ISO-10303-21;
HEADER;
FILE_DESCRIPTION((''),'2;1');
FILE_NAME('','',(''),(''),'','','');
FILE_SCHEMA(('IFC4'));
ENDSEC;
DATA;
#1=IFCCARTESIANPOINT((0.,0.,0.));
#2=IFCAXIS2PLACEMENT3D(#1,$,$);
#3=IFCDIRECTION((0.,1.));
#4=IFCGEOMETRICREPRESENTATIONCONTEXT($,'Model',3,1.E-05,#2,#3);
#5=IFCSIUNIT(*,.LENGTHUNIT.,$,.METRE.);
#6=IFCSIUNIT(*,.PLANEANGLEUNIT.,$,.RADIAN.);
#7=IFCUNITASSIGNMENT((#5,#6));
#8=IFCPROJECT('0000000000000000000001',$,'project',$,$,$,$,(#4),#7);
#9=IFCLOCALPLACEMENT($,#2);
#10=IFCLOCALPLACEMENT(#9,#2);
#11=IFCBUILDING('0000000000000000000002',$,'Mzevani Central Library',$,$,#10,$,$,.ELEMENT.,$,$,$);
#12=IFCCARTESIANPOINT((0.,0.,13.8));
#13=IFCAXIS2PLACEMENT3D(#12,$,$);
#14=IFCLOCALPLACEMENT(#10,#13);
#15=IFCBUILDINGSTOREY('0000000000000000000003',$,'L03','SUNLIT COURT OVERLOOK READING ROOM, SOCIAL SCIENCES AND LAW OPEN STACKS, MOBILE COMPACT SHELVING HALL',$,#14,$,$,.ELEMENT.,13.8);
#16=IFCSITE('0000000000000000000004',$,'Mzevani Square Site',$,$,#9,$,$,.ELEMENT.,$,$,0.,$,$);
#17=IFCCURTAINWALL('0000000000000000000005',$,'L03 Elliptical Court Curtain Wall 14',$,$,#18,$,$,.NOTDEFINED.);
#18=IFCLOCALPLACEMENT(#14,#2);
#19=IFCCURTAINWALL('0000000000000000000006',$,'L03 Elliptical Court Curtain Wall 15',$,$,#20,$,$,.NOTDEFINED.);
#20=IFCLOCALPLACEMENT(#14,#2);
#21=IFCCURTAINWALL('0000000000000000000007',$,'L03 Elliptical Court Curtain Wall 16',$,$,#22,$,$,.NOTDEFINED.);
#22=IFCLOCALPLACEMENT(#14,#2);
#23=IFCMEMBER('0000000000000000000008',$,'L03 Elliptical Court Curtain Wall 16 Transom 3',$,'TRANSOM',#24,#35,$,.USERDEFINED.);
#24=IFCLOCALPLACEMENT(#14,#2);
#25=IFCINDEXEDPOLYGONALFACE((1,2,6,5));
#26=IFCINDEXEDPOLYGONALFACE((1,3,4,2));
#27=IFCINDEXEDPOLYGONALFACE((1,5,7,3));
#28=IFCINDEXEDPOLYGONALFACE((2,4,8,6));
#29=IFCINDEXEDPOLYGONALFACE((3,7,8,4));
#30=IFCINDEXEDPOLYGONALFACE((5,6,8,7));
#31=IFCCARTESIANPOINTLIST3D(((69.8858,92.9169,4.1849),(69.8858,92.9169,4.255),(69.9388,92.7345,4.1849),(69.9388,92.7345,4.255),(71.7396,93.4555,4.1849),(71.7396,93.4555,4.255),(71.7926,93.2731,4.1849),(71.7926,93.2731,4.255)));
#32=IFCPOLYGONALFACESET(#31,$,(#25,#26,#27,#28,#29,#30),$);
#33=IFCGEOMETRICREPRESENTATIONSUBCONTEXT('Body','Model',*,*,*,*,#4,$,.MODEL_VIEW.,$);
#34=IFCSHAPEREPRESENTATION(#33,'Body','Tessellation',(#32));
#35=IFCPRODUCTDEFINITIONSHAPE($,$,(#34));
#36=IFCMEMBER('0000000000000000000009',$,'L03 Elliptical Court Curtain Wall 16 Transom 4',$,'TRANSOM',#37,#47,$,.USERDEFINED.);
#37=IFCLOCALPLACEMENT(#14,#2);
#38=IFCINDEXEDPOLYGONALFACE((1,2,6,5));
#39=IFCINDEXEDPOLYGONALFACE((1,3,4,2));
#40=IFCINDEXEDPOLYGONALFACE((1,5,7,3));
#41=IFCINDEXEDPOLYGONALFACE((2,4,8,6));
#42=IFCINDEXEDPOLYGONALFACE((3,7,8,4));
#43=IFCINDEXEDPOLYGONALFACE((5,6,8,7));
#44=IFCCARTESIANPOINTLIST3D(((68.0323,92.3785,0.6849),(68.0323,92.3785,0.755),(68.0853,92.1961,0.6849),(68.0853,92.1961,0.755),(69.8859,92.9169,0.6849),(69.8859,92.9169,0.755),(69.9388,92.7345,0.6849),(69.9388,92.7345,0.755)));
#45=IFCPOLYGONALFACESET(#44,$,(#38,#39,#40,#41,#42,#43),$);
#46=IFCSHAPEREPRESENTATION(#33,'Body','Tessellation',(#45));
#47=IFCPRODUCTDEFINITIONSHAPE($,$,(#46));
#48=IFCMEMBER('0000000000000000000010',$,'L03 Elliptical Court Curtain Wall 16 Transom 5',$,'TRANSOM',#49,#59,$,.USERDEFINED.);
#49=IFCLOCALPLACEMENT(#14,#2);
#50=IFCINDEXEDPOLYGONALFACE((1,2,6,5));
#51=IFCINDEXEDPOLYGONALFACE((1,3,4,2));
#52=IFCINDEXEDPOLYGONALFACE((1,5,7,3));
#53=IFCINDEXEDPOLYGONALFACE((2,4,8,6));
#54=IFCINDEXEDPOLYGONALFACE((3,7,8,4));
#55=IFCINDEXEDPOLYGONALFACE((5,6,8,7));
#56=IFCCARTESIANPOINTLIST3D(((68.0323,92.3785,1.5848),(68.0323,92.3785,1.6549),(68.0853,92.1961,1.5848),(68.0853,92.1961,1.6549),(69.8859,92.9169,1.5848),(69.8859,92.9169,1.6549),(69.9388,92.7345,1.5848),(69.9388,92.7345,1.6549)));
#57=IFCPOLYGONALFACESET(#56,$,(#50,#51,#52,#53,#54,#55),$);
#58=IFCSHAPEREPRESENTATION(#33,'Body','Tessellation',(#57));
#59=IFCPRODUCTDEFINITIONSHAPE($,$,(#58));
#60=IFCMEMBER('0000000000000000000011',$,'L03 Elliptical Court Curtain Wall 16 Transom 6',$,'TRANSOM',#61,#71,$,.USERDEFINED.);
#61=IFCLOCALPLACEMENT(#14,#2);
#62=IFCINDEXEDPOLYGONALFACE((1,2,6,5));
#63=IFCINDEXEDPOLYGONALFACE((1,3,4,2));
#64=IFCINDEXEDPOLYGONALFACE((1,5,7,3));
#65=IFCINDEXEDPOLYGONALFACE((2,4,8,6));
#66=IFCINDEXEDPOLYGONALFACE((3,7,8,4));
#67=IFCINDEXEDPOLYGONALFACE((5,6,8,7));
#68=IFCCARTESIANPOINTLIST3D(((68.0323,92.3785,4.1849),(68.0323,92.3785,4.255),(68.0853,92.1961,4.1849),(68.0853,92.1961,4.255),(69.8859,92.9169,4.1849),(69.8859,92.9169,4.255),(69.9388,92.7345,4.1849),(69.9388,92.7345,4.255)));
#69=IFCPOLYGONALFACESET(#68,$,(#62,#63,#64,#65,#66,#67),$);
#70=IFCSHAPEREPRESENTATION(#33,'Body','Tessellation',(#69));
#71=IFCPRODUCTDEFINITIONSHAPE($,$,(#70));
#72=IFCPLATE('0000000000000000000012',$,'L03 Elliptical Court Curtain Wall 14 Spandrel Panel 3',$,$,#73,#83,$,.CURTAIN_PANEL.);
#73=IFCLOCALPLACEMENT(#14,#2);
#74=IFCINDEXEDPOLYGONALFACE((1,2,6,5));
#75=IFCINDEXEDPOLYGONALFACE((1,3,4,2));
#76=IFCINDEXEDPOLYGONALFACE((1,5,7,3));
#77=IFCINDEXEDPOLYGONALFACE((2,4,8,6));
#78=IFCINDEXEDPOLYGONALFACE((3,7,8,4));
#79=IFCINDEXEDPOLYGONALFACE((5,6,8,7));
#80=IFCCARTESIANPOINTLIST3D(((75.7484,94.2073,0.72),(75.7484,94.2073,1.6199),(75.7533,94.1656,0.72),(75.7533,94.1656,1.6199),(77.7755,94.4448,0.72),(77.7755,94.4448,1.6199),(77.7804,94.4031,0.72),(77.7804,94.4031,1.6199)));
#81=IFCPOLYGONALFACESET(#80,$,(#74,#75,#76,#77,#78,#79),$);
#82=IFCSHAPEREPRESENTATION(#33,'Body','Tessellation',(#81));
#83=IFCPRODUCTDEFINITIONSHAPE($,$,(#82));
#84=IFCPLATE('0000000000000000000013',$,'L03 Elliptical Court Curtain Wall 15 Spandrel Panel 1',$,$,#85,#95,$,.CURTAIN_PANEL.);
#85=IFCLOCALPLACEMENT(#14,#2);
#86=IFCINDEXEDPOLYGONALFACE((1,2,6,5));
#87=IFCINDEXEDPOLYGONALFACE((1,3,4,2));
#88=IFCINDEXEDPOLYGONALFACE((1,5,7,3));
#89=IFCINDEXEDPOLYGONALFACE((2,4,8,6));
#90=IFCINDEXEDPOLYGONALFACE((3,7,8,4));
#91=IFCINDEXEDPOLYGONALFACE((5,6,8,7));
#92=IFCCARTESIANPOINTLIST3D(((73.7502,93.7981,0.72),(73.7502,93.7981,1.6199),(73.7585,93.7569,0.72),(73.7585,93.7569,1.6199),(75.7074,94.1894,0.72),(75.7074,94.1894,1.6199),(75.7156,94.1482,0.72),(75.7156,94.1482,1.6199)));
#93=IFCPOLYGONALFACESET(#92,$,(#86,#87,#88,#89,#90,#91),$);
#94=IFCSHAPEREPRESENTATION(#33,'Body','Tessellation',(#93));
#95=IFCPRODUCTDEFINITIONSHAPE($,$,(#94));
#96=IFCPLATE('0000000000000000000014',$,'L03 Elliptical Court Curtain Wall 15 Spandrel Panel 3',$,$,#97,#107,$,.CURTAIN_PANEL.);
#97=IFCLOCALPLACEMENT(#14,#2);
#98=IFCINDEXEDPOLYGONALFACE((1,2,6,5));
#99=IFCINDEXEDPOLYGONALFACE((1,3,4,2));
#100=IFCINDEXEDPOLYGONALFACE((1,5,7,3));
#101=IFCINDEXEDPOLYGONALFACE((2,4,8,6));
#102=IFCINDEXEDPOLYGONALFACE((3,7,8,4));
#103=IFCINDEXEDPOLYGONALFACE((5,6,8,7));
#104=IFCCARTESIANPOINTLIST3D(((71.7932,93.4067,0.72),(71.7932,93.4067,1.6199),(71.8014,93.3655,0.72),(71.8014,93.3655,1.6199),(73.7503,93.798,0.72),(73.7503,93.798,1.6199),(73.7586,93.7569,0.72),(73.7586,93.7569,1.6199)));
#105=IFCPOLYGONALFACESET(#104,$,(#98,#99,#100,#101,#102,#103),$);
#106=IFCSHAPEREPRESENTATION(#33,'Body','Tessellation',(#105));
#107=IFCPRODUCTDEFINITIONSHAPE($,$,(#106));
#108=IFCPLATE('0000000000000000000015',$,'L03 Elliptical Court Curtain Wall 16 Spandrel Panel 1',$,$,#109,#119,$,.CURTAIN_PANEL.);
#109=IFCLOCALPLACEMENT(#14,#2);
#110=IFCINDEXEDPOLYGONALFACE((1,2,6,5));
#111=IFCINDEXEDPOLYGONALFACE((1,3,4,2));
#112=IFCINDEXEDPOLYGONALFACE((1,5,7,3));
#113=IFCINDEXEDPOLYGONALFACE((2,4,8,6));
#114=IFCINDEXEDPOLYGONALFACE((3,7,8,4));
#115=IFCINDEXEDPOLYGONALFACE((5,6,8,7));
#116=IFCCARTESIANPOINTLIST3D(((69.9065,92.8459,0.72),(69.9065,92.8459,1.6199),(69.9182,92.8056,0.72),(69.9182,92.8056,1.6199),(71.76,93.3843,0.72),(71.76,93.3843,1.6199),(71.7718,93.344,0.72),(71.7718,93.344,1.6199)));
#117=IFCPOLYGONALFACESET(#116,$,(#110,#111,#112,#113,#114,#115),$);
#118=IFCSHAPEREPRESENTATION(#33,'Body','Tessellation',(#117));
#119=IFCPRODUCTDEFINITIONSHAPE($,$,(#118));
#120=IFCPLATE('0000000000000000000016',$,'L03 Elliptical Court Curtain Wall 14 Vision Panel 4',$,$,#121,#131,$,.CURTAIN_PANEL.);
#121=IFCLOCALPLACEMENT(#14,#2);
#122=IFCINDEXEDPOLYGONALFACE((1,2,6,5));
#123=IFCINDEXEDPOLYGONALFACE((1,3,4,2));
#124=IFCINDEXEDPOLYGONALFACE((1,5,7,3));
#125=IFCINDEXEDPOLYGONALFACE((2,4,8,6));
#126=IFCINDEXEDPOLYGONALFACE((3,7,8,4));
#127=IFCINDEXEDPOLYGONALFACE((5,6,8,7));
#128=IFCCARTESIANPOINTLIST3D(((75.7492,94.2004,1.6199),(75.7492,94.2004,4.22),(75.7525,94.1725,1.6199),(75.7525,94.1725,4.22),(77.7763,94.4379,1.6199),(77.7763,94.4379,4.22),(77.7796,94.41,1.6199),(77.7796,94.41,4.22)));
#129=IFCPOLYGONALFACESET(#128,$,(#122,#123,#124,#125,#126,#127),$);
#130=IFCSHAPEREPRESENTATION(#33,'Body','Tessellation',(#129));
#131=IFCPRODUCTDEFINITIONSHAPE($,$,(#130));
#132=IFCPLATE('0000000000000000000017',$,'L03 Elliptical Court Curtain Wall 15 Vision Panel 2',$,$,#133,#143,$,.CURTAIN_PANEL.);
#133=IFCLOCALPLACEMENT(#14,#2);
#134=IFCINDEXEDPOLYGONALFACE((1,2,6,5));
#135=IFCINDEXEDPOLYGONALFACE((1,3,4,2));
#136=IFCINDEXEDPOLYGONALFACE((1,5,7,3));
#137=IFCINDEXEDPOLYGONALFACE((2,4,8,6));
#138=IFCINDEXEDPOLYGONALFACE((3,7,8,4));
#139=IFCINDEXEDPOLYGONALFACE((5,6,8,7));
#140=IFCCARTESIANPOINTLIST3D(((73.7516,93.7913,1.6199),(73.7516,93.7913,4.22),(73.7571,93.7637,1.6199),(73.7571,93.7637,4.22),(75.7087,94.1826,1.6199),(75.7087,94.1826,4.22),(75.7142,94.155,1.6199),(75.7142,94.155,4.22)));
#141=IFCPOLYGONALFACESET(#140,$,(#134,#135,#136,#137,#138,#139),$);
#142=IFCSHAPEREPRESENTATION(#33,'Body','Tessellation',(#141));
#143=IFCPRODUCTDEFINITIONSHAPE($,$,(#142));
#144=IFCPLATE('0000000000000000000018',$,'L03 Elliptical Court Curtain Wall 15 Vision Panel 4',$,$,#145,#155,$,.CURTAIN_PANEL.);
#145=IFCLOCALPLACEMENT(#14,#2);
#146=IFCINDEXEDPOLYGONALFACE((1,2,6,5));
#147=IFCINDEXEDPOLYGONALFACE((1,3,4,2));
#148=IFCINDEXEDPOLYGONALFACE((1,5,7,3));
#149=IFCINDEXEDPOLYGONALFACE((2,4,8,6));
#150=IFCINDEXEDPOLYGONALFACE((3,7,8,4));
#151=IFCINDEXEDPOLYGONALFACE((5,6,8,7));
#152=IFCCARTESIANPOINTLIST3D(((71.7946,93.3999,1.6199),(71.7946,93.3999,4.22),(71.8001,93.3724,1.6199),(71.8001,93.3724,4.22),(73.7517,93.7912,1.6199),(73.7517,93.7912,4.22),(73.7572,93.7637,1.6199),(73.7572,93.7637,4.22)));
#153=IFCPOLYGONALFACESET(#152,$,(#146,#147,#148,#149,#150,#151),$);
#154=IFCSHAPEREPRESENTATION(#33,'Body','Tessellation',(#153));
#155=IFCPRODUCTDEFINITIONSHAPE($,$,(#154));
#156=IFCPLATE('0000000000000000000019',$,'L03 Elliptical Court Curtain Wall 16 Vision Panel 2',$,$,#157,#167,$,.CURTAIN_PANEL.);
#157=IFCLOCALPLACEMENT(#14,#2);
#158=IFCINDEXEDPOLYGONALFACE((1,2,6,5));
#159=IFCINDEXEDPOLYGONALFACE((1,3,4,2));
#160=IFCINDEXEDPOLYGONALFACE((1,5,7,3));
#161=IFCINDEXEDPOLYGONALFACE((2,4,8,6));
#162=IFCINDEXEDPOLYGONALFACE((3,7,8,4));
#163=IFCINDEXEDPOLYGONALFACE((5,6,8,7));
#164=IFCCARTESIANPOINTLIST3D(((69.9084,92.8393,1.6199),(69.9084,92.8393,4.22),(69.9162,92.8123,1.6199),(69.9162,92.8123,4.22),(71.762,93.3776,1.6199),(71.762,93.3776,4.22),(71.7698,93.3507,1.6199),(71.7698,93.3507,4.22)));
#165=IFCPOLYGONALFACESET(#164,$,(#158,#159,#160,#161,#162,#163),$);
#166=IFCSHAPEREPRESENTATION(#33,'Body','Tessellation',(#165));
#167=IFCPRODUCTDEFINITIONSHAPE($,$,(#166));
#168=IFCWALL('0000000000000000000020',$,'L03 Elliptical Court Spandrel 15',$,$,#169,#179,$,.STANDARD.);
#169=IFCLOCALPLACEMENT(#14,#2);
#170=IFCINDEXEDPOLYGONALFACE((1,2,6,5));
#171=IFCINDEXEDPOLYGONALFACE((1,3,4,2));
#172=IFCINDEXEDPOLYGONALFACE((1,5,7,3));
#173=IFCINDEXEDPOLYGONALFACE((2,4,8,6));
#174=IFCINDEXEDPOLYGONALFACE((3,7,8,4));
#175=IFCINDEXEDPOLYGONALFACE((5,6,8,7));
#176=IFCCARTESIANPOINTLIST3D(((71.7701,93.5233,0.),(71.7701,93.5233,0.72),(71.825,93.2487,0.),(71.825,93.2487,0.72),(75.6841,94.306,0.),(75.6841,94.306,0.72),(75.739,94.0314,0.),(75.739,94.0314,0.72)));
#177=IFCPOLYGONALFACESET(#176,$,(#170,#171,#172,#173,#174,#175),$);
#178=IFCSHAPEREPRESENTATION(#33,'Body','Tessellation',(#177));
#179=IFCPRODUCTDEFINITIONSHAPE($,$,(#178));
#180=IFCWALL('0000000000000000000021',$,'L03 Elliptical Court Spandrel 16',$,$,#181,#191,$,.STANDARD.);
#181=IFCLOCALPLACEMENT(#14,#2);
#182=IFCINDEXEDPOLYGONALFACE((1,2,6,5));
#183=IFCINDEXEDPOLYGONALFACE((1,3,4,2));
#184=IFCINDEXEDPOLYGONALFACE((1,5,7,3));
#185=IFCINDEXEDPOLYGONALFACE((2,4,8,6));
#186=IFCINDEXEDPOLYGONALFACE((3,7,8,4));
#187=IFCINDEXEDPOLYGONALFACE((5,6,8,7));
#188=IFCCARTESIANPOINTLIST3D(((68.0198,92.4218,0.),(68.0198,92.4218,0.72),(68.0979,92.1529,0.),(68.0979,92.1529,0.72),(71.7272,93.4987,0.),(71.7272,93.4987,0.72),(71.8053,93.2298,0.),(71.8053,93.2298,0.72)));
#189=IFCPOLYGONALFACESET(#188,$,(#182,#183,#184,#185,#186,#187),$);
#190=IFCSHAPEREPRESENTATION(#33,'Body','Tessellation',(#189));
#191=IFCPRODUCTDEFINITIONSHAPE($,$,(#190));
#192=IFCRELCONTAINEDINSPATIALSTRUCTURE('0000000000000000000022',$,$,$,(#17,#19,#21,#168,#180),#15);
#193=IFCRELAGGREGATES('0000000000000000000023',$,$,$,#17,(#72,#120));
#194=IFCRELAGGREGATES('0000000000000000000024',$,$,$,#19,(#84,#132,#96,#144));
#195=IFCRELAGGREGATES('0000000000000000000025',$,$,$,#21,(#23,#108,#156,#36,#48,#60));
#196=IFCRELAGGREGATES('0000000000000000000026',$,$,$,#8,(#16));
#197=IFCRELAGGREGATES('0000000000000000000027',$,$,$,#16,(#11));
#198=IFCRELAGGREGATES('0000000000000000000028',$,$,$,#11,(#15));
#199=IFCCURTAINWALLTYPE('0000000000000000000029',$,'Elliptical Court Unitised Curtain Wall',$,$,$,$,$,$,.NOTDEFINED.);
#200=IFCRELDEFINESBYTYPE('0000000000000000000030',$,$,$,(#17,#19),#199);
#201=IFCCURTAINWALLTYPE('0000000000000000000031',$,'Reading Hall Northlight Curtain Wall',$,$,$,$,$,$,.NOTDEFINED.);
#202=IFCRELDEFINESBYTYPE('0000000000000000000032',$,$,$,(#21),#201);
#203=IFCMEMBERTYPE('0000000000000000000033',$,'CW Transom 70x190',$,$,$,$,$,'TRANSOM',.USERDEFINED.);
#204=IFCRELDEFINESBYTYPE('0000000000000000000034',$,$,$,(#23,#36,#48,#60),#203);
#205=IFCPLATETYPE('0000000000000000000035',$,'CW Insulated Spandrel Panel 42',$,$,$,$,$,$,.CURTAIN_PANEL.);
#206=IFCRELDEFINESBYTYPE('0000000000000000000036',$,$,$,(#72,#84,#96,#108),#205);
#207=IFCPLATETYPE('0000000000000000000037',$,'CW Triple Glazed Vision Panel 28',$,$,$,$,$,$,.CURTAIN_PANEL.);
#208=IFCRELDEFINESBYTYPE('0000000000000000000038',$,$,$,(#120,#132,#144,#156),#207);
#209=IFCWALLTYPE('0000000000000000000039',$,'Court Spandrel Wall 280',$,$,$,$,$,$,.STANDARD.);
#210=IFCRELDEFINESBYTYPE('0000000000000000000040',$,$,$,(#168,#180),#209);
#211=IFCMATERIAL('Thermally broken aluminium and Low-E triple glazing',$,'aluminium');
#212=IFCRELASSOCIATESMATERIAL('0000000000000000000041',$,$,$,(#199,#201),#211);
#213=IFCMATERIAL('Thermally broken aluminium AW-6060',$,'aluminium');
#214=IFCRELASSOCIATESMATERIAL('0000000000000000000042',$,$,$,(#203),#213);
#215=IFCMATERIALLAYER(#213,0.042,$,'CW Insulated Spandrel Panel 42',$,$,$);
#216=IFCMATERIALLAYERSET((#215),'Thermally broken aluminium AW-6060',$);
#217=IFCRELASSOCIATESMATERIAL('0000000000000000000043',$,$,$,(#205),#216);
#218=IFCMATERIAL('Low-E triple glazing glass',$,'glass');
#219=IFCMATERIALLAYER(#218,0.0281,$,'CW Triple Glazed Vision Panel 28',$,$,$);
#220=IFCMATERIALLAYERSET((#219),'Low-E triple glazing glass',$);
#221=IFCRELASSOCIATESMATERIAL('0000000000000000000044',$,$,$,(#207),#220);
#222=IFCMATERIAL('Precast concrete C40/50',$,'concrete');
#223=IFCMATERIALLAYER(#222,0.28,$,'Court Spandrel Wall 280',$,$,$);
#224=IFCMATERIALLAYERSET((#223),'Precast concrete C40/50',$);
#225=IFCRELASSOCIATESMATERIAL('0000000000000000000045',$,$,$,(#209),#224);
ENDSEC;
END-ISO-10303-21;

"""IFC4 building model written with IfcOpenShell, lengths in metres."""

from ifc_helpers import new_model, si_unit, direction, frame, frame_2d, origin, origin_2d, place, context, subcontext, project, spatial, rectangle, extrude, material, layer, layer_set, material_profile, profile_set, type_object, element, aggregate, save


model = new_model("IFC4")

# Units and contexts
model_context = context("Model", 3, precision=1e-05, world=origin(), true_north=direction((0.0, 1.0)))
body_context = subcontext(model_context, "Body", "Model", "MODEL_VIEW")
ifc_project = project(units=[si_unit("LENGTHUNIT", "METRE"), si_unit("PLANEANGLEUNIT", "RADIAN")], contexts=[model_context])

# Site, building, storey
site_placement = place(None, origin())
site = spatial("IfcSite", under=ifc_project, at=site_placement, Name="Mzevani Square Site", CompositionType="ELEMENT", RefElevation=0.0)
building_placement = place(site_placement, origin())
building = spatial("IfcBuilding", under=site, at=building_placement, Name="Mzevani Central Library", CompositionType="ELEMENT")
storey_placement = place(building_placement, frame((0.0, 0.0, 13.8)))
storey = spatial("IfcBuildingStorey", under=building, at=storey_placement, Name="L03", Description="SUNLIT COURT OVERLOOK READING ROOM, SOCIAL SCIENCES AND LAW OPEN STACKS, MOBILE COMPACT SHELVING HALL", CompositionType="ELEMENT", Elevation=13.8)

# Curtain wall
ifc_material_1 = material(Name="Thermally broken aluminium and Low-E triple glazing", Category="aluminium")
curtain_wall_type_1 = type_object("IfcCurtainWallType", Name="Elliptical Court Unitised Curtain Wall", PredefinedType="NOTDEFINED", material=ifc_material_1)
curtain_wall_1_placement = place(storey_placement, origin())
curtain_wall_1 = element("IfcCurtainWall", 1, at=curtain_wall_1_placement, inside=storey, type_object=curtain_wall_type_1, Name="L03 Elliptical Court Curtain Wall 14", PredefinedType="NOTDEFINED")
ifc_material_2 = material(Name="Thermally broken aluminium AW-6060", Category="aluminium")

# Curtain walls
curtain_wall_2_placement = place(storey_placement, origin())
curtain_wall_2 = element("IfcCurtainWall", 2, at=curtain_wall_2_placement, inside=storey, type_object=curtain_wall_type_1, Name="L03 Elliptical Court Curtain Wall 15", PredefinedType="NOTDEFINED")
curtain_wall_type_2 = type_object("IfcCurtainWallType", Name="Reading Hall Northlight Curtain Wall", PredefinedType="NOTDEFINED", material=ifc_material_1)
curtain_wall_3_placement = place(storey_placement, origin())
curtain_wall_3 = element("IfcCurtainWall", 3, at=curtain_wall_3_placement, inside=storey, type_object=curtain_wall_type_2, Name="L03 Elliptical Court Curtain Wall 16", PredefinedType="NOTDEFINED")

# Members
ifc_material_profile_1 = material_profile(ifc_material_2, rectangle(XDim=0.1899, YDim=0.0701, at=origin_2d()), Name="ALU T70x190")
ifc_profile_set_1 = profile_set([ifc_material_profile_1], Name="Thermally broken aluminium AW-6060")
member_type_1 = type_object("IfcMemberType", Name="CW Transom 70x190", ElementType="TRANSOM", PredefinedType="USERDEFINED", material=ifc_profile_set_1)
member_1_placement = place(storey_placement, frame((71.7661, 93.3643, 4.22), z_axis=(-0.960293, -0.278995, 0.0), x_axis=(0.278995, -0.960293, 0.0)))
member_1 = element("IfcMember", 4, at=member_1_placement, type_object=member_type_1, Name="L03 Elliptical Court Curtain Wall 16 Transom 3", ObjectType="TRANSOM", PredefinedType="USERDEFINED", context=body_context, shape_type="SweptSolid", body=[
    extrude(rectangle(XDim=0.1899, YDim=0.0701, at=origin_2d()), origin(), (0.0, 0.0, 1.0), 1.9304),
])
member_2_placement = place(storey_placement, frame((69.9124, 92.8257, 0.72), z_axis=(-0.960317, -0.278912, 0.0), x_axis=(0.278912, -0.960317, 0.0)))
member_2 = element("IfcMember", 5, at=member_2_placement, type_object=member_type_1, Name="L03 Elliptical Court Curtain Wall 16 Transom 4", ObjectType="TRANSOM", PredefinedType="USERDEFINED", context=body_context, shape_type="SweptSolid", body=[
    extrude(rectangle(XDim=0.1899, YDim=0.0701, at=origin_2d()), origin(), (0.0, 0.0, 1.0), 1.9302),
])
member_3_placement = place(storey_placement, frame((69.9124, 92.8257, 1.6199), z_axis=(-0.960317, -0.278912, 0.0), x_axis=(0.278912, -0.960317, 0.0)))
member_3 = element("IfcMember", 6, at=member_3_placement, type_object=member_type_1, Name="L03 Elliptical Court Curtain Wall 16 Transom 5", ObjectType="TRANSOM", PredefinedType="USERDEFINED", context=body_context, shape_type="SweptSolid", body=[
    extrude(rectangle(XDim=0.1899, YDim=0.0701, at=origin_2d()), origin(), (0.0, 0.0, 1.0), 1.9302),
])
member_4_placement = place(storey_placement, frame((69.9124, 92.8257, 4.22), z_axis=(-0.960317, -0.278912, 0.0), x_axis=(0.278912, -0.960317, 0.0)))
member_4 = element("IfcMember", 7, at=member_4_placement, type_object=member_type_1, Name="L03 Elliptical Court Curtain Wall 16 Transom 6", ObjectType="TRANSOM", PredefinedType="USERDEFINED", context=body_context, shape_type="SweptSolid", body=[
    extrude(rectangle(XDim=0.1899, YDim=0.0701, at=origin_2d()), origin(), (0.0, 0.0, 1.0), 1.9302),
])

# Plates
ifc_layer_1 = layer(ifc_material_2, 0.042, Name="CW Insulated Spandrel Panel 42")
ifc_layer_set_1 = layer_set([ifc_layer_1], Name="Thermally broken aluminium AW-6060")
plate_type_1 = type_object("IfcPlateType", Name="CW Insulated Spandrel Panel 42", PredefinedType="CURTAIN_PANEL", material=ifc_layer_set_1)
plate_1_placement = place(storey_placement, frame((76.7644, 94.3052, 0.72), z_axis=(0.0, 0.0, 1.0), x_axis=(-0.993206, -0.116369, 0.0)))
plate_1 = element("IfcPlate", 8, at=plate_1_placement, type_object=plate_type_1, Name="L03 Elliptical Court Curtain Wall 14 Spandrel Panel 3", PredefinedType="CURTAIN_PANEL", context=body_context, shape_type="SweptSolid", body=[
    extrude(rectangle(XDim=2.041, YDim=0.042, at=origin_2d()), origin(), (0.0, 0.0, 1.0), 0.8999),
])
plate_2_placement = place(storey_placement, frame((74.7329, 93.9731, 0.72), z_axis=(0.0, 0.0, 1.0), x_axis=(-0.980591, -0.196063, 0.0)))
plate_2 = element("IfcPlate", 9, at=plate_2_placement, type_object=plate_type_1, Name="L03 Elliptical Court Curtain Wall 15 Spandrel Panel 1", PredefinedType="CURTAIN_PANEL", context=body_context, shape_type="SweptSolid", body=[
    extrude(rectangle(XDim=1.9958, YDim=0.042, at=origin_2d()), origin(), (0.0, 0.0, 1.0), 0.8999),
])
plate_3_placement = place(storey_placement, frame((72.7759, 93.5818, 0.72), z_axis=(0.0, 0.0, 1.0), x_axis=(-0.980591, -0.196063, 0.0)))
plate_3 = element("IfcPlate", 10, at=plate_3_placement, type_object=plate_type_1, Name="L03 Elliptical Court Curtain Wall 15 Spandrel Panel 3", PredefinedType="CURTAIN_PANEL", context=body_context, shape_type="SweptSolid", body=[
    extrude(rectangle(XDim=1.9958, YDim=0.042, at=origin_2d()), origin(), (0.0, 0.0, 1.0), 0.8999),
])
plate_4_placement = place(storey_placement, frame((70.8391, 93.095, 0.72), z_axis=(0.0, 0.0, 1.0), x_axis=(-0.96031, -0.278934, 0.0)))
plate_4 = element("IfcPlate", 11, at=plate_4_placement, type_object=plate_type_1, Name="L03 Elliptical Court Curtain Wall 16 Spandrel Panel 1", PredefinedType="CURTAIN_PANEL", context=body_context, shape_type="SweptSolid", body=[
    extrude(rectangle(XDim=1.9302, YDim=0.042, at=origin_2d()), origin(), (0.0, 0.0, 1.0), 0.8999),
])
ifc_material_3 = material(Name="Low-E triple glazing glass", Category="glass")
ifc_layer_2 = layer(ifc_material_3, 0.0281, Name="CW Triple Glazed Vision Panel 28")
ifc_layer_set_2 = layer_set([ifc_layer_2], Name="Low-E triple glazing glass")
plate_type_2 = type_object("IfcPlateType", Name="CW Triple Glazed Vision Panel 28", PredefinedType="CURTAIN_PANEL", material=ifc_layer_set_2)
plate_5_placement = place(storey_placement, frame((76.7644, 94.3052, 1.6199), z_axis=(0.0, 0.0, 1.0), x_axis=(-0.993206, -0.116369, 0.0)))
plate_5 = element("IfcPlate", 12, at=plate_5_placement, type_object=plate_type_2, Name="L03 Elliptical Court Curtain Wall 14 Vision Panel 4", PredefinedType="CURTAIN_PANEL", context=body_context, shape_type="SweptSolid", body=[
    extrude(rectangle(XDim=2.041, YDim=0.0281, at=origin_2d()), origin(), (0.0, 0.0, 1.0), 2.6001),
])
aggregate(curtain_wall_1, [plate_1, plate_5])
plate_6_placement = place(storey_placement, frame((74.7329, 93.9731, 1.6199), z_axis=(0.0, 0.0, 1.0), x_axis=(-0.980591, -0.196063, 0.0)))
plate_6 = element("IfcPlate", 13, at=plate_6_placement, type_object=plate_type_2, Name="L03 Elliptical Court Curtain Wall 15 Vision Panel 2", PredefinedType="CURTAIN_PANEL", context=body_context, shape_type="SweptSolid", body=[
    extrude(rectangle(XDim=1.9958, YDim=0.0281, at=origin_2d()), origin(), (0.0, 0.0, 1.0), 2.6001),
])
plate_7_placement = place(storey_placement, frame((72.7759, 93.5818, 1.6199), z_axis=(0.0, 0.0, 1.0), x_axis=(-0.980591, -0.196063, 0.0)))
plate_7 = element("IfcPlate", 14, at=plate_7_placement, type_object=plate_type_2, Name="L03 Elliptical Court Curtain Wall 15 Vision Panel 4", PredefinedType="CURTAIN_PANEL", context=body_context, shape_type="SweptSolid", body=[
    extrude(rectangle(XDim=1.9958, YDim=0.0281, at=origin_2d()), origin(), (0.0, 0.0, 1.0), 2.6001),
])
aggregate(curtain_wall_2, [plate_2, plate_6, plate_3, plate_7])
plate_8_placement = place(storey_placement, frame((70.8391, 93.095, 1.6199), z_axis=(0.0, 0.0, 1.0), x_axis=(-0.96031, -0.278934, 0.0)))
plate_8 = element("IfcPlate", 15, at=plate_8_placement, type_object=plate_type_2, Name="L03 Elliptical Court Curtain Wall 16 Vision Panel 2", PredefinedType="CURTAIN_PANEL", context=body_context, shape_type="SweptSolid", body=[
    extrude(rectangle(XDim=1.9302, YDim=0.0281, at=origin_2d()), origin(), (0.0, 0.0, 1.0), 2.6001),
])
aggregate(curtain_wall_3, [member_1, plate_4, plate_8, member_2, member_3, member_4])

# Walls
ifc_material_4 = material(Name="Precast concrete C40/50", Category="concrete")
ifc_layer_3 = layer(ifc_material_4, 0.28, Name="Court Spandrel Wall 280")
ifc_layer_set_3 = layer_set([ifc_layer_3], Name="Precast concrete C40/50")
wall_type = type_object("IfcWallType", Name="Court Spandrel Wall 280", PredefinedType="STANDARD", material=ifc_layer_set_3)
wall_1_placement = place(storey_placement, frame((75.7114, 94.1687, 0.0), z_axis=(0.0, 0.0, 1.0), x_axis=(-0.980585, -0.196093, 0.0)))
element("IfcWall", 16, at=wall_1_placement, inside=storey, type_object=wall_type, Name="L03 Elliptical Court Spandrel 15", PredefinedType="STANDARD", context=body_context, shape_type="SweptSolid", body=[
    extrude(rectangle(XDim=3.9915, YDim=0.28, at=frame_2d((1.9956, 0.0))), origin(), (0.0, 0.0, 1.0), 0.72),
])
wall_2_placement = place(storey_placement, frame((71.7661, 93.3643, 0.0), z_axis=(0.0, 0.0, 1.0), x_axis=(-0.960305, -0.278953, 0.0)))
element("IfcWall", 17, at=wall_2_placement, inside=storey, type_object=wall_type, Name="L03 Elliptical Court Spandrel 16", PredefinedType="STANDARD", context=body_context, shape_type="SweptSolid", body=[
    extrude(rectangle(XDim=3.8606, YDim=0.28, at=frame_2d((1.9302, 0.0))), origin(), (0.0, 0.0, 1.0), 0.72),
])

save(model, "model.ifc")
